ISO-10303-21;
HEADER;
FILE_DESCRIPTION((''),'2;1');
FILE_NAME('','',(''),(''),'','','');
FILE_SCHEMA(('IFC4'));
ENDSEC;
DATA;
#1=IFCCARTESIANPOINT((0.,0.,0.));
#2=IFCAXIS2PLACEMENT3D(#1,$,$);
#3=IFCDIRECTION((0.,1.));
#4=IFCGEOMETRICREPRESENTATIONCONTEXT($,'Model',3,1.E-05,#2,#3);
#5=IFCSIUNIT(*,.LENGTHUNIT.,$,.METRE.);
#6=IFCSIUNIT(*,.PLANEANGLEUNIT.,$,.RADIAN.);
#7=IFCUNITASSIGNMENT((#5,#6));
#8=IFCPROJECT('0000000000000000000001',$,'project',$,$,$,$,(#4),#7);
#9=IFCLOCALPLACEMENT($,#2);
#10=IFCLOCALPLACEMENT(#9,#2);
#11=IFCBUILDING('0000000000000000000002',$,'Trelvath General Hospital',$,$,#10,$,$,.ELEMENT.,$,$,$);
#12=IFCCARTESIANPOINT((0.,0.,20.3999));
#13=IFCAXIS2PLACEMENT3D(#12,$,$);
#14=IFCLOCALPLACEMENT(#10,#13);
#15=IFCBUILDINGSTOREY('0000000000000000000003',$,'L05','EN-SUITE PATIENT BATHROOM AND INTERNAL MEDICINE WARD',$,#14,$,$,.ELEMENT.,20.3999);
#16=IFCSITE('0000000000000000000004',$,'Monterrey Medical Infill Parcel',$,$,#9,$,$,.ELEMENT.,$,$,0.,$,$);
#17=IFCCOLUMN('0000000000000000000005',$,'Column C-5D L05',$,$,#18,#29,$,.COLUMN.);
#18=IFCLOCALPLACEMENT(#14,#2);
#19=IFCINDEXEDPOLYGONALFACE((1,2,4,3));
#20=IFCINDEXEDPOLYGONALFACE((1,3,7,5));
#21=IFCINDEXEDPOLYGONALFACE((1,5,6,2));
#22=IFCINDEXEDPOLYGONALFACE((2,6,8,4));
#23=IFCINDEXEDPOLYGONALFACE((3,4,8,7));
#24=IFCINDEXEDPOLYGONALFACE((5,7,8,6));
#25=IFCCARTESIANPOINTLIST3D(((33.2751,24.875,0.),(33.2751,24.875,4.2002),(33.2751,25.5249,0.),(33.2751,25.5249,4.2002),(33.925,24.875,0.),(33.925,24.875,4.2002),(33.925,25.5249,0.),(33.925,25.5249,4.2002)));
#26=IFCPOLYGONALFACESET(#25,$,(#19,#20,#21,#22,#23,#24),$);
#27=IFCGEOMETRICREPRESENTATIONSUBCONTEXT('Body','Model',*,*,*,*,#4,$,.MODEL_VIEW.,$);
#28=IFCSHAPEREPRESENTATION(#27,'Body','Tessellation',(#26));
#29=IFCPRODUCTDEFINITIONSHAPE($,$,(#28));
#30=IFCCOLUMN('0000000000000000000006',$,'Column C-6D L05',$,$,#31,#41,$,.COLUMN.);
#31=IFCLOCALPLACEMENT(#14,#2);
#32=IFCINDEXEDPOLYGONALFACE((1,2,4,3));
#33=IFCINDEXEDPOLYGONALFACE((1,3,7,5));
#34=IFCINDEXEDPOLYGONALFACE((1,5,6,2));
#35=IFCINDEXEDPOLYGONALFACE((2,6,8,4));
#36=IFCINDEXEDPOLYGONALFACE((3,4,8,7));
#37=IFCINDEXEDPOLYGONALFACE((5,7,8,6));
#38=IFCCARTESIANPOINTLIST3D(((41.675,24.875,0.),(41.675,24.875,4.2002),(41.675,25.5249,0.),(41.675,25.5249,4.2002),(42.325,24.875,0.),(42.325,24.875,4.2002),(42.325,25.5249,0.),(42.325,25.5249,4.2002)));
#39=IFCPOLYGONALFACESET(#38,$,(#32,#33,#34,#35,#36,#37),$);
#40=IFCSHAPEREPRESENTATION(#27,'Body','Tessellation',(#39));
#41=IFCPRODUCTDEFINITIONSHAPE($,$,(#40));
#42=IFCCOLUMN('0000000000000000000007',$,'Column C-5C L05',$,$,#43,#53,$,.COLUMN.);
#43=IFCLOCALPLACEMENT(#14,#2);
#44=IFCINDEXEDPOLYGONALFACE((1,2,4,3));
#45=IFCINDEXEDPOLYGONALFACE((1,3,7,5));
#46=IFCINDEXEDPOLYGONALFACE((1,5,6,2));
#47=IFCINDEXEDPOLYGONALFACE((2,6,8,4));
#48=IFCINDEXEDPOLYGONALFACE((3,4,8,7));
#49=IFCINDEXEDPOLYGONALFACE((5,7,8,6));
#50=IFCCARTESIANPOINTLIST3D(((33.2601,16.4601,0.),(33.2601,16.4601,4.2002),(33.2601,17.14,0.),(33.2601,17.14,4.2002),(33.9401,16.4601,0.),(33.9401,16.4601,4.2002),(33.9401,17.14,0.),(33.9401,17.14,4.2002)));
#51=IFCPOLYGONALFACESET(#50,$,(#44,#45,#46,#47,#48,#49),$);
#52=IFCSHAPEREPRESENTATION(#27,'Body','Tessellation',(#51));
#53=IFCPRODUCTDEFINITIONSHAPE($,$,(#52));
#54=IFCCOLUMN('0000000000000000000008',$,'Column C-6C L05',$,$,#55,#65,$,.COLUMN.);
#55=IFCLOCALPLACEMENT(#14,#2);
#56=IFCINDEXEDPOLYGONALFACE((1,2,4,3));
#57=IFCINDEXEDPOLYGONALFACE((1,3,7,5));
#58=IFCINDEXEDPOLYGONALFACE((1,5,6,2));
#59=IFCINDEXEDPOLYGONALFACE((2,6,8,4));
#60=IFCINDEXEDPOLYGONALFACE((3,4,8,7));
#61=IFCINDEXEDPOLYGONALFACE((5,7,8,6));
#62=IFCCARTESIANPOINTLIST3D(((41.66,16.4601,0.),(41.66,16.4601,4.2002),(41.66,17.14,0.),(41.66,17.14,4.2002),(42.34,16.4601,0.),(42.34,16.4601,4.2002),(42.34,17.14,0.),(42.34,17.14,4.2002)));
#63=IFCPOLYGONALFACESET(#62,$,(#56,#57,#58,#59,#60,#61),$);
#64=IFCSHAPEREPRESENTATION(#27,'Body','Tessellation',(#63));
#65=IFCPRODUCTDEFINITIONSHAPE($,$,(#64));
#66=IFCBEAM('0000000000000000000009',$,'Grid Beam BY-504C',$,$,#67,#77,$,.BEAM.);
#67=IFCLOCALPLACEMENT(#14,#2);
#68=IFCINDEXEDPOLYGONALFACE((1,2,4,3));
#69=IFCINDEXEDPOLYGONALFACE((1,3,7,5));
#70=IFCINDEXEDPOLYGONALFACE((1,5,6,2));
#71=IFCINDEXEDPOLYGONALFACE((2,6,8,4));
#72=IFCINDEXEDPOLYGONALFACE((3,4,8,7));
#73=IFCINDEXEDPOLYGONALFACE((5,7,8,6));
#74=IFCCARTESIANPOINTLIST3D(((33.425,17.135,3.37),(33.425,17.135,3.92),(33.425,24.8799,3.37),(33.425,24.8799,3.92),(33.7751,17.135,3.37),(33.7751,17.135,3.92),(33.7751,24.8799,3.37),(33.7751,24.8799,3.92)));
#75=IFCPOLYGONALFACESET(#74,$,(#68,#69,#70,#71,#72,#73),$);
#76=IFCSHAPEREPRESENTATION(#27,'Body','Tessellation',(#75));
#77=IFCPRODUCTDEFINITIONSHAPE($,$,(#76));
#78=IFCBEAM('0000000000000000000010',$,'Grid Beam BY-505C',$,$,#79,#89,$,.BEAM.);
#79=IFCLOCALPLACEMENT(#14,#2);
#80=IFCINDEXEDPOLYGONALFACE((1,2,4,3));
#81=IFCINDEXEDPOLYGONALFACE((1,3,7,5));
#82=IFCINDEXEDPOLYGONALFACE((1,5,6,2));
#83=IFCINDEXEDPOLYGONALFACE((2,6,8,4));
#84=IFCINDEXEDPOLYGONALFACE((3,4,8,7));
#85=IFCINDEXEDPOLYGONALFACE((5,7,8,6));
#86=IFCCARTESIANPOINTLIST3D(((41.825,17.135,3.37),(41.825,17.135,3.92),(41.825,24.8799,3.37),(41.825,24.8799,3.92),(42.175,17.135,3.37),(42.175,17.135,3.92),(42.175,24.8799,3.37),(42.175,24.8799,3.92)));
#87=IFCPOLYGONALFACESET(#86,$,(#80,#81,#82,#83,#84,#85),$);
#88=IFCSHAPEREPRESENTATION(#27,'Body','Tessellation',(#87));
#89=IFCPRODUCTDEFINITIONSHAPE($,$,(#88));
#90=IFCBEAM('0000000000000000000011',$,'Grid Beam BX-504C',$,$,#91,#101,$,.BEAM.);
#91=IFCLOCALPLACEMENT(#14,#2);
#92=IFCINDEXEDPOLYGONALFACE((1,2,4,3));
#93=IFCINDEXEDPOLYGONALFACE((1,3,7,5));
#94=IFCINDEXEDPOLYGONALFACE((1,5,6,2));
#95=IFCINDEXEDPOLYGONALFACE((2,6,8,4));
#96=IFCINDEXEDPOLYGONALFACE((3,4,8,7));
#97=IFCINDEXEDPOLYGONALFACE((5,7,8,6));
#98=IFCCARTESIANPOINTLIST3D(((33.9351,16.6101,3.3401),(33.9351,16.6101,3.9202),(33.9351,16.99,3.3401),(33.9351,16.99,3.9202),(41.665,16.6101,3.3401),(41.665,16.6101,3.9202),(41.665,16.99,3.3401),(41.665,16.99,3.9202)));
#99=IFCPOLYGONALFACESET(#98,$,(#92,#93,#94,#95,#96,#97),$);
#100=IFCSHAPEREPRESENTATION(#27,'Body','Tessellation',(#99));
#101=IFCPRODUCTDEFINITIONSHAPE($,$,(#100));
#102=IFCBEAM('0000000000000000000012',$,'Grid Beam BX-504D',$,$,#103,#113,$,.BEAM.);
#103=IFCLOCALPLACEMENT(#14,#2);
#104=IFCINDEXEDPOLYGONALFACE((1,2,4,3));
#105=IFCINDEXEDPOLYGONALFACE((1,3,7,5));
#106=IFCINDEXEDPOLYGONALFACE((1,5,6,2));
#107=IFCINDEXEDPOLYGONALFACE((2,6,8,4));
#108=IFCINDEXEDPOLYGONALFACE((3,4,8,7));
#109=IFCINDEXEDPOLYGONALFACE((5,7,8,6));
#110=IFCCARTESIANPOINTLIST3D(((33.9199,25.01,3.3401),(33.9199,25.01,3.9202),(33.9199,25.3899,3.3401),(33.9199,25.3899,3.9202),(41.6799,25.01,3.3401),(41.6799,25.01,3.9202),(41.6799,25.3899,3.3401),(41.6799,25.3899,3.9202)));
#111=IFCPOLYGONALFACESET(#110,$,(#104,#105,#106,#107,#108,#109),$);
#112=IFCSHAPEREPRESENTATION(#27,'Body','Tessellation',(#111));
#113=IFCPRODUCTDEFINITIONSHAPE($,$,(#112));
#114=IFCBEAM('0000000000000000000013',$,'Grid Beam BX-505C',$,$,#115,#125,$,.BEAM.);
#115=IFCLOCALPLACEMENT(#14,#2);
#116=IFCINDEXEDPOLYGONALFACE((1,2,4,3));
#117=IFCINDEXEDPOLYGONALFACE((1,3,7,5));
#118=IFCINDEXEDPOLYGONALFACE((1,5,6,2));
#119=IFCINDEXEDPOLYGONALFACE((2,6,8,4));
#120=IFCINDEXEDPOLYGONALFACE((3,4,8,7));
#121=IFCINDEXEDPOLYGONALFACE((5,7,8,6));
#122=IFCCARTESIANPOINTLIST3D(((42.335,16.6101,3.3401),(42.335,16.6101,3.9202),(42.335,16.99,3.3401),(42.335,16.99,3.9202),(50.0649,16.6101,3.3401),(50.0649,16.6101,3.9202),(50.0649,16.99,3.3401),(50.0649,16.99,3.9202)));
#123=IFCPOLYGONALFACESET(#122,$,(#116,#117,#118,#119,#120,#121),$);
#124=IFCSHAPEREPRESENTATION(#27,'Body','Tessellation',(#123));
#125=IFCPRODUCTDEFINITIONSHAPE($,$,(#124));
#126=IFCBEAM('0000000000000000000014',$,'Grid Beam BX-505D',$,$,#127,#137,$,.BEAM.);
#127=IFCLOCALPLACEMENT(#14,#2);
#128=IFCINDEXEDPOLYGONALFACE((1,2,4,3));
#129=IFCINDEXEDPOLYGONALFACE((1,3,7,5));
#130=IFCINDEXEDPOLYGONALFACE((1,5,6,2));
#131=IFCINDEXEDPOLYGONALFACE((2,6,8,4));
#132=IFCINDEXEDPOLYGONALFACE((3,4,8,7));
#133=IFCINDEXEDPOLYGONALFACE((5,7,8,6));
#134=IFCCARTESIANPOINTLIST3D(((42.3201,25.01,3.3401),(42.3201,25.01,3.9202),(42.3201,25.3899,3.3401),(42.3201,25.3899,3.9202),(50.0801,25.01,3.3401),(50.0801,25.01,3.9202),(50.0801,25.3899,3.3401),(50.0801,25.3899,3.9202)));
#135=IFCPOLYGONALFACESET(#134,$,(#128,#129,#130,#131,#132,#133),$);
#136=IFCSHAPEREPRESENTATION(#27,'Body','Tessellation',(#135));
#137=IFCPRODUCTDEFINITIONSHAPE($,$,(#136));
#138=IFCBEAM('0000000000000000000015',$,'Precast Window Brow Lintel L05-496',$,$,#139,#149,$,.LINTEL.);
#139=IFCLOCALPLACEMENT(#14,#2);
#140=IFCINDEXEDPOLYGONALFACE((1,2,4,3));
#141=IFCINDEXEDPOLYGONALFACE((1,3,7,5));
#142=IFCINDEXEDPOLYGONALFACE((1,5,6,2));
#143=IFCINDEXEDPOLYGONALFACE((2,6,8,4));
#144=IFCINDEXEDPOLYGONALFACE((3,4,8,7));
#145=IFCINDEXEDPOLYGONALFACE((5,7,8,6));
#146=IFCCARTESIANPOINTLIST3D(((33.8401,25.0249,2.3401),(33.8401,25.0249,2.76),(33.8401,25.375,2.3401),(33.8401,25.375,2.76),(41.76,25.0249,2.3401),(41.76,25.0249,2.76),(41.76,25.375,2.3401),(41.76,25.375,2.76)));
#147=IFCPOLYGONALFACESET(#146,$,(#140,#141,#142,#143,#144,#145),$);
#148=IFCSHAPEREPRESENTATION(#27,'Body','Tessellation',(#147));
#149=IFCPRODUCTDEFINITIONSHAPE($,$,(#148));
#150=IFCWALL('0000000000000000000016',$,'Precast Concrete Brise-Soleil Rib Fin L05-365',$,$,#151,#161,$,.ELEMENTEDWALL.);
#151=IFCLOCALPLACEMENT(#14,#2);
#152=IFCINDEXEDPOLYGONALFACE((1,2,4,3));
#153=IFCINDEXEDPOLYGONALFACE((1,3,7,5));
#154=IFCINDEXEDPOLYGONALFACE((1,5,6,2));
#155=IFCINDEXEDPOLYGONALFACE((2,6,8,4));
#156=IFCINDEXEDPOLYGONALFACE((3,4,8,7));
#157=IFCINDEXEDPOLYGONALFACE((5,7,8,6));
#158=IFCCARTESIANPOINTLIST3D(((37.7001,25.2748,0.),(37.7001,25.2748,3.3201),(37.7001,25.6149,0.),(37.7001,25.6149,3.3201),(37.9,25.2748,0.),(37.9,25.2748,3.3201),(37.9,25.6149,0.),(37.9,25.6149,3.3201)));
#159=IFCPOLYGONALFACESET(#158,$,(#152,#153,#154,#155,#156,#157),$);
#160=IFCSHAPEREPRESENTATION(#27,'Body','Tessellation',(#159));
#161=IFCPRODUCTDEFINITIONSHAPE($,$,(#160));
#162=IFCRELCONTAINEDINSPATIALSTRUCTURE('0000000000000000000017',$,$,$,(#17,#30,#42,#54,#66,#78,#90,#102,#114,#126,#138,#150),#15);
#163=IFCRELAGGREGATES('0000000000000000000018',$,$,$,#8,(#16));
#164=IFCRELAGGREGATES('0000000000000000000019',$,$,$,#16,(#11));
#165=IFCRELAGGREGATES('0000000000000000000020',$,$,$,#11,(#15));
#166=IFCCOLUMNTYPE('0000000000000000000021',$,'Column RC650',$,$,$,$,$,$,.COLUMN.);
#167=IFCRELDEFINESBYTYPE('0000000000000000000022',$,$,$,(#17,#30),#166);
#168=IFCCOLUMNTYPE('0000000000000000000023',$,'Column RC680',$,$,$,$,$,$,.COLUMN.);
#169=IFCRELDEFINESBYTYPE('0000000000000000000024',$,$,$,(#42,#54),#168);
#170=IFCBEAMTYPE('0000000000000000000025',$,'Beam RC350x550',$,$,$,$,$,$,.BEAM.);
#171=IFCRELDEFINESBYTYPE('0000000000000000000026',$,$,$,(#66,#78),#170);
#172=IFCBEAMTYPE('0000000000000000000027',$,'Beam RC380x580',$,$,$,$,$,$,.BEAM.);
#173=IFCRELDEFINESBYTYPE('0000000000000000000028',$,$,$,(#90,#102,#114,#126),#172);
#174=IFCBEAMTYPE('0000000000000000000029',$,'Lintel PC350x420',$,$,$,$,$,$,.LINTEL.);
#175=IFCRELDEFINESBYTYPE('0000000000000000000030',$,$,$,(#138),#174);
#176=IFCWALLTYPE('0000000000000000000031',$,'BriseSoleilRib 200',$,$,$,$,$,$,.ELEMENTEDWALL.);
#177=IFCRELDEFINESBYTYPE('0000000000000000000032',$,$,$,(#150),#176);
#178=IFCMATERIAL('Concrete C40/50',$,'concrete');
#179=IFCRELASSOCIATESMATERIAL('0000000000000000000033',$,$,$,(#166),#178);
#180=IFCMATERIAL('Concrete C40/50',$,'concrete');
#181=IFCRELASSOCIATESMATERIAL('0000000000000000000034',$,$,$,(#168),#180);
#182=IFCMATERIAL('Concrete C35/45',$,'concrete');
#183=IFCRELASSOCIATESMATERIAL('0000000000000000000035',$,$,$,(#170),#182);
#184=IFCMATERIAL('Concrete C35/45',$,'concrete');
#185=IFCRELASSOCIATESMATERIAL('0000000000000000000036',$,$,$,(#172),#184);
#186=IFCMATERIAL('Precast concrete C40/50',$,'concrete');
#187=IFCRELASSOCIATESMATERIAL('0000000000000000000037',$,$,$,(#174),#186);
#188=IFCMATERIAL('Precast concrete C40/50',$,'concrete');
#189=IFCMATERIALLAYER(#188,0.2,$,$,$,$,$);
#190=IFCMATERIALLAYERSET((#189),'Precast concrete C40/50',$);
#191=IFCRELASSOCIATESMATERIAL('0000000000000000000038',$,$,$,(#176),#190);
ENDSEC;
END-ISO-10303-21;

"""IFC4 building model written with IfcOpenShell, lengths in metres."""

from ifc_helpers import new_model, si_unit, direction, frame, frame_2d, origin, origin_2d, place, context, subcontext, project, spatial, rectangle, extrude, material, layer, layer_set, material_profile, profile_set, type_object, element, save


model = new_model("IFC4")

# Units and contexts
model_context = context("Model", 3, precision=1e-05, world=origin(), true_north=direction((0.0, 1.0)))
body_context = subcontext(model_context, "Body", "Model", "MODEL_VIEW")
ifc_project = project(units=[si_unit("LENGTHUNIT", "METRE"), si_unit("PLANEANGLEUNIT", "RADIAN")], contexts=[model_context])

# Site, building, storey
site_placement = place(None, origin())
site = spatial("IfcSite", under=ifc_project, at=site_placement, Name="Monterrey Medical Infill Parcel", CompositionType="ELEMENT", RefElevation=0.0)
building_placement = place(site_placement, origin())
building = spatial("IfcBuilding", under=site, at=building_placement, Name="Trelvath General Hospital", CompositionType="ELEMENT")
storey_placement = place(building_placement, frame((0.0, 0.0, 20.3999)))
storey = spatial("IfcBuildingStorey", under=building, at=storey_placement, Name="L05", Description="EN-SUITE PATIENT BATHROOM AND INTERNAL MEDICINE WARD", CompositionType="ELEMENT", Elevation=20.3999)

# Columns
ifc_material_1 = material(Name="Concrete C40/50", Category="concrete")
ifc_material_profile_1 = material_profile(ifc_material_1, rectangle(XDim=0.6499, YDim=0.6499, at=origin_2d()), Name="RC650x650")
ifc_profile_set_1 = profile_set([ifc_material_profile_1], Name="Concrete C40/50")
column_type_1 = type_object("IfcColumnType", Name="Column RC650", PredefinedType="COLUMN", material=ifc_profile_set_1)
for number, where, z_axis, x_axis, name in (
    (1, (33.6001, 25.2, 0.0), (0.0, 0.0, 1.0), (1.0, 0.0, 0.0), "Column C-5D L05"),
    (2, (42.0, 25.2, 0.0), (0.0, 0.0, 1.0), (1.0, 0.0, 0.0), "Column C-6D L05"),
):
    element("IfcColumn", number, at=place(storey_placement, frame(where, z_axis=z_axis, x_axis=x_axis)), inside=storey, type_object=column_type_1, Name=name, PredefinedType="COLUMN", context=body_context, shape_type="SweptSolid", body=[
        extrude(rectangle(XDim=0.6499, YDim=0.6499, at=origin_2d()), origin(), (0.0, 0.0, 1.0), 4.2002),
    ])
ifc_material_2 = material(Name="Concrete C40/50", Category="concrete")
ifc_material_profile_2 = material_profile(ifc_material_2, rectangle(XDim=0.6799, YDim=0.6799, at=origin_2d()), Name="RC680x680")
ifc_profile_set_2 = profile_set([ifc_material_profile_2], Name="Concrete C40/50")
column_type_2 = type_object("IfcColumnType", Name="Column RC680", PredefinedType="COLUMN", material=ifc_profile_set_2)
for number, where, z_axis, x_axis, name in (
    (3, (33.6001, 16.8, 0.0), (0.0, 0.0, 1.0), (1.0, 0.0, 0.0), "Column C-5C L05"),
    (4, (42.0, 16.8, 0.0), (0.0, 0.0, 1.0), (1.0, 0.0, 0.0), "Column C-6C L05"),
):
    element("IfcColumn", number, at=place(storey_placement, frame(where, z_axis=z_axis, x_axis=x_axis)), inside=storey, type_object=column_type_2, Name=name, PredefinedType="COLUMN", context=body_context, shape_type="SweptSolid", body=[
        extrude(rectangle(XDim=0.6799, YDim=0.6799, at=origin_2d()), origin(), (0.0, 0.0, 1.0), 4.2002),
    ])

# Beams
ifc_material_3 = material(Name="Concrete C35/45", Category="concrete")
ifc_material_profile_3 = material_profile(ifc_material_3, rectangle(XDim=0.3501, YDim=0.55, at=origin_2d()), Name="RCB350x550")
ifc_profile_set_3 = profile_set([ifc_material_profile_3], Name="Concrete C35/45")
beam_type_1 = type_object("IfcBeamType", Name="Beam RC350x550", PredefinedType="BEAM", material=ifc_profile_set_3)
for number, where, z_axis, x_axis, name in (
    (5, (33.6001, 17.135, 3.645), (0.0, 1.0, 0.0), (-1.0, 0.0, 0.0), "Grid Beam BY-504C"),
    (6, (42.0, 17.135, 3.645), (0.0, 1.0, 0.0), (-1.0, 0.0, 0.0), "Grid Beam BY-505C"),
):
    element("IfcBeam", number, at=place(storey_placement, frame(where, z_axis=z_axis, x_axis=x_axis)), inside=storey, type_object=beam_type_1, Name=name, PredefinedType="BEAM", context=body_context, shape_type="SweptSolid", body=[
        extrude(rectangle(XDim=0.3501, YDim=0.55, at=origin_2d()), origin(), (0.0, 0.0, 1.0), 7.7449),
    ])
ifc_material_4 = material(Name="Concrete C35/45", Category="concrete")
ifc_material_profile_4 = material_profile(ifc_material_4, rectangle(XDim=0.3799, YDim=0.5801, at=origin_2d()), Name="RCB380x580")
ifc_profile_set_4 = profile_set([ifc_material_profile_4], Name="Concrete C35/45")
beam_type_2 = type_object("IfcBeamType", Name="Beam RC380x580", PredefinedType="BEAM", material=ifc_profile_set_4)
beam_1_placement = place(storey_placement, frame((33.9351, 16.8, 3.6301), z_axis=(1.0, 0.0, 0.0), x_axis=(0.0, 1.0, 0.0)))
element("IfcBeam", 7, at=beam_1_placement, inside=storey, type_object=beam_type_2, Name="Grid Beam BX-504C", PredefinedType="BEAM", context=body_context, shape_type="SweptSolid", body=[
    extrude(rectangle(XDim=0.3799, YDim=0.5801, at=origin_2d()), origin(), (0.0, 0.0, 1.0), 7.73),
])
beam_2_placement = place(storey_placement, frame((33.9199, 25.2, 3.6301), z_axis=(1.0, 0.0, 0.0), x_axis=(0.0, 1.0, 0.0)))
element("IfcBeam", 8, at=beam_2_placement, inside=storey, type_object=beam_type_2, Name="Grid Beam BX-504D", PredefinedType="BEAM", context=body_context, shape_type="SweptSolid", body=[
    extrude(rectangle(XDim=0.3799, YDim=0.5801, at=origin_2d()), origin(), (0.0, 0.0, 1.0), 7.76),
])
beam_3_placement = place(storey_placement, frame((42.335, 16.8, 3.6301), z_axis=(1.0, 0.0, 0.0), x_axis=(0.0, 1.0, 0.0)))
element("IfcBeam", 9, at=beam_3_placement, inside=storey, type_object=beam_type_2, Name="Grid Beam BX-505C", PredefinedType="BEAM", context=body_context, shape_type="SweptSolid", body=[
    extrude(rectangle(XDim=0.3799, YDim=0.5801, at=origin_2d()), origin(), (0.0, 0.0, 1.0), 7.73),
])
beam_4_placement = place(storey_placement, frame((42.3201, 25.2, 3.6301), z_axis=(1.0, 0.0, 0.0), x_axis=(0.0, 1.0, 0.0)))
element("IfcBeam", 10, at=beam_4_placement, inside=storey, type_object=beam_type_2, Name="Grid Beam BX-505D", PredefinedType="BEAM", context=body_context, shape_type="SweptSolid", body=[
    extrude(rectangle(XDim=0.3799, YDim=0.5801, at=origin_2d()), origin(), (0.0, 0.0, 1.0), 7.76),
])
ifc_material_5 = material(Name="Precast concrete C40/50", Category="concrete")
ifc_material_profile_5 = material_profile(ifc_material_5, rectangle(XDim=0.3501, YDim=0.4199, at=origin_2d()), Name="PCL350x420")
ifc_profile_set_5 = profile_set([ifc_material_profile_5], Name="Precast concrete C40/50")
beam_type_3 = type_object("IfcBeamType", Name="Lintel PC350x420", PredefinedType="LINTEL", material=ifc_profile_set_5)
beam_5_placement = place(storey_placement, frame((33.8401, 25.2, 2.55), z_axis=(1.0, 0.0, 0.0), x_axis=(0.0, 1.0, 0.0)))
element("IfcBeam", 11, at=beam_5_placement, inside=storey, type_object=beam_type_3, Name="Precast Window Brow Lintel L05-496", PredefinedType="LINTEL", context=body_context, shape_type="SweptSolid", body=[
    extrude(rectangle(XDim=0.3501, YDim=0.4199, at=origin_2d()), origin(), (0.0, 0.0, 1.0), 7.9199),
])

# Wall
ifc_material_6 = material(Name="Precast concrete C40/50", Category="concrete")
ifc_layer_1 = layer(ifc_material_6, 0.2)
ifc_layer_set_1 = layer_set([ifc_layer_1], Name="Precast concrete C40/50")
wall_type_1 = type_object("IfcWallType", Name="BriseSoleilRib 200", PredefinedType="ELEMENTEDWALL", material=ifc_layer_set_1)
wall_1_placement = place(storey_placement, frame((37.8, 25.2749, 0.0), z_axis=(0.0, 0.0, 1.0), x_axis=(0.0, 1.0, 0.0)))
element("IfcWall", 12, at=wall_1_placement, inside=storey, type_object=wall_type_1, Name="Precast Concrete Brise-Soleil Rib Fin L05-365", PredefinedType="ELEMENTEDWALL", context=body_context, shape_type="SweptSolid", body=[
    extrude(rectangle(XDim=0.3401, YDim=0.2, at=frame_2d((0.1699, 0.0))), origin(), (0.0, 0.0, 1.0), 3.3201),
])

save(model, "model.ifc")
